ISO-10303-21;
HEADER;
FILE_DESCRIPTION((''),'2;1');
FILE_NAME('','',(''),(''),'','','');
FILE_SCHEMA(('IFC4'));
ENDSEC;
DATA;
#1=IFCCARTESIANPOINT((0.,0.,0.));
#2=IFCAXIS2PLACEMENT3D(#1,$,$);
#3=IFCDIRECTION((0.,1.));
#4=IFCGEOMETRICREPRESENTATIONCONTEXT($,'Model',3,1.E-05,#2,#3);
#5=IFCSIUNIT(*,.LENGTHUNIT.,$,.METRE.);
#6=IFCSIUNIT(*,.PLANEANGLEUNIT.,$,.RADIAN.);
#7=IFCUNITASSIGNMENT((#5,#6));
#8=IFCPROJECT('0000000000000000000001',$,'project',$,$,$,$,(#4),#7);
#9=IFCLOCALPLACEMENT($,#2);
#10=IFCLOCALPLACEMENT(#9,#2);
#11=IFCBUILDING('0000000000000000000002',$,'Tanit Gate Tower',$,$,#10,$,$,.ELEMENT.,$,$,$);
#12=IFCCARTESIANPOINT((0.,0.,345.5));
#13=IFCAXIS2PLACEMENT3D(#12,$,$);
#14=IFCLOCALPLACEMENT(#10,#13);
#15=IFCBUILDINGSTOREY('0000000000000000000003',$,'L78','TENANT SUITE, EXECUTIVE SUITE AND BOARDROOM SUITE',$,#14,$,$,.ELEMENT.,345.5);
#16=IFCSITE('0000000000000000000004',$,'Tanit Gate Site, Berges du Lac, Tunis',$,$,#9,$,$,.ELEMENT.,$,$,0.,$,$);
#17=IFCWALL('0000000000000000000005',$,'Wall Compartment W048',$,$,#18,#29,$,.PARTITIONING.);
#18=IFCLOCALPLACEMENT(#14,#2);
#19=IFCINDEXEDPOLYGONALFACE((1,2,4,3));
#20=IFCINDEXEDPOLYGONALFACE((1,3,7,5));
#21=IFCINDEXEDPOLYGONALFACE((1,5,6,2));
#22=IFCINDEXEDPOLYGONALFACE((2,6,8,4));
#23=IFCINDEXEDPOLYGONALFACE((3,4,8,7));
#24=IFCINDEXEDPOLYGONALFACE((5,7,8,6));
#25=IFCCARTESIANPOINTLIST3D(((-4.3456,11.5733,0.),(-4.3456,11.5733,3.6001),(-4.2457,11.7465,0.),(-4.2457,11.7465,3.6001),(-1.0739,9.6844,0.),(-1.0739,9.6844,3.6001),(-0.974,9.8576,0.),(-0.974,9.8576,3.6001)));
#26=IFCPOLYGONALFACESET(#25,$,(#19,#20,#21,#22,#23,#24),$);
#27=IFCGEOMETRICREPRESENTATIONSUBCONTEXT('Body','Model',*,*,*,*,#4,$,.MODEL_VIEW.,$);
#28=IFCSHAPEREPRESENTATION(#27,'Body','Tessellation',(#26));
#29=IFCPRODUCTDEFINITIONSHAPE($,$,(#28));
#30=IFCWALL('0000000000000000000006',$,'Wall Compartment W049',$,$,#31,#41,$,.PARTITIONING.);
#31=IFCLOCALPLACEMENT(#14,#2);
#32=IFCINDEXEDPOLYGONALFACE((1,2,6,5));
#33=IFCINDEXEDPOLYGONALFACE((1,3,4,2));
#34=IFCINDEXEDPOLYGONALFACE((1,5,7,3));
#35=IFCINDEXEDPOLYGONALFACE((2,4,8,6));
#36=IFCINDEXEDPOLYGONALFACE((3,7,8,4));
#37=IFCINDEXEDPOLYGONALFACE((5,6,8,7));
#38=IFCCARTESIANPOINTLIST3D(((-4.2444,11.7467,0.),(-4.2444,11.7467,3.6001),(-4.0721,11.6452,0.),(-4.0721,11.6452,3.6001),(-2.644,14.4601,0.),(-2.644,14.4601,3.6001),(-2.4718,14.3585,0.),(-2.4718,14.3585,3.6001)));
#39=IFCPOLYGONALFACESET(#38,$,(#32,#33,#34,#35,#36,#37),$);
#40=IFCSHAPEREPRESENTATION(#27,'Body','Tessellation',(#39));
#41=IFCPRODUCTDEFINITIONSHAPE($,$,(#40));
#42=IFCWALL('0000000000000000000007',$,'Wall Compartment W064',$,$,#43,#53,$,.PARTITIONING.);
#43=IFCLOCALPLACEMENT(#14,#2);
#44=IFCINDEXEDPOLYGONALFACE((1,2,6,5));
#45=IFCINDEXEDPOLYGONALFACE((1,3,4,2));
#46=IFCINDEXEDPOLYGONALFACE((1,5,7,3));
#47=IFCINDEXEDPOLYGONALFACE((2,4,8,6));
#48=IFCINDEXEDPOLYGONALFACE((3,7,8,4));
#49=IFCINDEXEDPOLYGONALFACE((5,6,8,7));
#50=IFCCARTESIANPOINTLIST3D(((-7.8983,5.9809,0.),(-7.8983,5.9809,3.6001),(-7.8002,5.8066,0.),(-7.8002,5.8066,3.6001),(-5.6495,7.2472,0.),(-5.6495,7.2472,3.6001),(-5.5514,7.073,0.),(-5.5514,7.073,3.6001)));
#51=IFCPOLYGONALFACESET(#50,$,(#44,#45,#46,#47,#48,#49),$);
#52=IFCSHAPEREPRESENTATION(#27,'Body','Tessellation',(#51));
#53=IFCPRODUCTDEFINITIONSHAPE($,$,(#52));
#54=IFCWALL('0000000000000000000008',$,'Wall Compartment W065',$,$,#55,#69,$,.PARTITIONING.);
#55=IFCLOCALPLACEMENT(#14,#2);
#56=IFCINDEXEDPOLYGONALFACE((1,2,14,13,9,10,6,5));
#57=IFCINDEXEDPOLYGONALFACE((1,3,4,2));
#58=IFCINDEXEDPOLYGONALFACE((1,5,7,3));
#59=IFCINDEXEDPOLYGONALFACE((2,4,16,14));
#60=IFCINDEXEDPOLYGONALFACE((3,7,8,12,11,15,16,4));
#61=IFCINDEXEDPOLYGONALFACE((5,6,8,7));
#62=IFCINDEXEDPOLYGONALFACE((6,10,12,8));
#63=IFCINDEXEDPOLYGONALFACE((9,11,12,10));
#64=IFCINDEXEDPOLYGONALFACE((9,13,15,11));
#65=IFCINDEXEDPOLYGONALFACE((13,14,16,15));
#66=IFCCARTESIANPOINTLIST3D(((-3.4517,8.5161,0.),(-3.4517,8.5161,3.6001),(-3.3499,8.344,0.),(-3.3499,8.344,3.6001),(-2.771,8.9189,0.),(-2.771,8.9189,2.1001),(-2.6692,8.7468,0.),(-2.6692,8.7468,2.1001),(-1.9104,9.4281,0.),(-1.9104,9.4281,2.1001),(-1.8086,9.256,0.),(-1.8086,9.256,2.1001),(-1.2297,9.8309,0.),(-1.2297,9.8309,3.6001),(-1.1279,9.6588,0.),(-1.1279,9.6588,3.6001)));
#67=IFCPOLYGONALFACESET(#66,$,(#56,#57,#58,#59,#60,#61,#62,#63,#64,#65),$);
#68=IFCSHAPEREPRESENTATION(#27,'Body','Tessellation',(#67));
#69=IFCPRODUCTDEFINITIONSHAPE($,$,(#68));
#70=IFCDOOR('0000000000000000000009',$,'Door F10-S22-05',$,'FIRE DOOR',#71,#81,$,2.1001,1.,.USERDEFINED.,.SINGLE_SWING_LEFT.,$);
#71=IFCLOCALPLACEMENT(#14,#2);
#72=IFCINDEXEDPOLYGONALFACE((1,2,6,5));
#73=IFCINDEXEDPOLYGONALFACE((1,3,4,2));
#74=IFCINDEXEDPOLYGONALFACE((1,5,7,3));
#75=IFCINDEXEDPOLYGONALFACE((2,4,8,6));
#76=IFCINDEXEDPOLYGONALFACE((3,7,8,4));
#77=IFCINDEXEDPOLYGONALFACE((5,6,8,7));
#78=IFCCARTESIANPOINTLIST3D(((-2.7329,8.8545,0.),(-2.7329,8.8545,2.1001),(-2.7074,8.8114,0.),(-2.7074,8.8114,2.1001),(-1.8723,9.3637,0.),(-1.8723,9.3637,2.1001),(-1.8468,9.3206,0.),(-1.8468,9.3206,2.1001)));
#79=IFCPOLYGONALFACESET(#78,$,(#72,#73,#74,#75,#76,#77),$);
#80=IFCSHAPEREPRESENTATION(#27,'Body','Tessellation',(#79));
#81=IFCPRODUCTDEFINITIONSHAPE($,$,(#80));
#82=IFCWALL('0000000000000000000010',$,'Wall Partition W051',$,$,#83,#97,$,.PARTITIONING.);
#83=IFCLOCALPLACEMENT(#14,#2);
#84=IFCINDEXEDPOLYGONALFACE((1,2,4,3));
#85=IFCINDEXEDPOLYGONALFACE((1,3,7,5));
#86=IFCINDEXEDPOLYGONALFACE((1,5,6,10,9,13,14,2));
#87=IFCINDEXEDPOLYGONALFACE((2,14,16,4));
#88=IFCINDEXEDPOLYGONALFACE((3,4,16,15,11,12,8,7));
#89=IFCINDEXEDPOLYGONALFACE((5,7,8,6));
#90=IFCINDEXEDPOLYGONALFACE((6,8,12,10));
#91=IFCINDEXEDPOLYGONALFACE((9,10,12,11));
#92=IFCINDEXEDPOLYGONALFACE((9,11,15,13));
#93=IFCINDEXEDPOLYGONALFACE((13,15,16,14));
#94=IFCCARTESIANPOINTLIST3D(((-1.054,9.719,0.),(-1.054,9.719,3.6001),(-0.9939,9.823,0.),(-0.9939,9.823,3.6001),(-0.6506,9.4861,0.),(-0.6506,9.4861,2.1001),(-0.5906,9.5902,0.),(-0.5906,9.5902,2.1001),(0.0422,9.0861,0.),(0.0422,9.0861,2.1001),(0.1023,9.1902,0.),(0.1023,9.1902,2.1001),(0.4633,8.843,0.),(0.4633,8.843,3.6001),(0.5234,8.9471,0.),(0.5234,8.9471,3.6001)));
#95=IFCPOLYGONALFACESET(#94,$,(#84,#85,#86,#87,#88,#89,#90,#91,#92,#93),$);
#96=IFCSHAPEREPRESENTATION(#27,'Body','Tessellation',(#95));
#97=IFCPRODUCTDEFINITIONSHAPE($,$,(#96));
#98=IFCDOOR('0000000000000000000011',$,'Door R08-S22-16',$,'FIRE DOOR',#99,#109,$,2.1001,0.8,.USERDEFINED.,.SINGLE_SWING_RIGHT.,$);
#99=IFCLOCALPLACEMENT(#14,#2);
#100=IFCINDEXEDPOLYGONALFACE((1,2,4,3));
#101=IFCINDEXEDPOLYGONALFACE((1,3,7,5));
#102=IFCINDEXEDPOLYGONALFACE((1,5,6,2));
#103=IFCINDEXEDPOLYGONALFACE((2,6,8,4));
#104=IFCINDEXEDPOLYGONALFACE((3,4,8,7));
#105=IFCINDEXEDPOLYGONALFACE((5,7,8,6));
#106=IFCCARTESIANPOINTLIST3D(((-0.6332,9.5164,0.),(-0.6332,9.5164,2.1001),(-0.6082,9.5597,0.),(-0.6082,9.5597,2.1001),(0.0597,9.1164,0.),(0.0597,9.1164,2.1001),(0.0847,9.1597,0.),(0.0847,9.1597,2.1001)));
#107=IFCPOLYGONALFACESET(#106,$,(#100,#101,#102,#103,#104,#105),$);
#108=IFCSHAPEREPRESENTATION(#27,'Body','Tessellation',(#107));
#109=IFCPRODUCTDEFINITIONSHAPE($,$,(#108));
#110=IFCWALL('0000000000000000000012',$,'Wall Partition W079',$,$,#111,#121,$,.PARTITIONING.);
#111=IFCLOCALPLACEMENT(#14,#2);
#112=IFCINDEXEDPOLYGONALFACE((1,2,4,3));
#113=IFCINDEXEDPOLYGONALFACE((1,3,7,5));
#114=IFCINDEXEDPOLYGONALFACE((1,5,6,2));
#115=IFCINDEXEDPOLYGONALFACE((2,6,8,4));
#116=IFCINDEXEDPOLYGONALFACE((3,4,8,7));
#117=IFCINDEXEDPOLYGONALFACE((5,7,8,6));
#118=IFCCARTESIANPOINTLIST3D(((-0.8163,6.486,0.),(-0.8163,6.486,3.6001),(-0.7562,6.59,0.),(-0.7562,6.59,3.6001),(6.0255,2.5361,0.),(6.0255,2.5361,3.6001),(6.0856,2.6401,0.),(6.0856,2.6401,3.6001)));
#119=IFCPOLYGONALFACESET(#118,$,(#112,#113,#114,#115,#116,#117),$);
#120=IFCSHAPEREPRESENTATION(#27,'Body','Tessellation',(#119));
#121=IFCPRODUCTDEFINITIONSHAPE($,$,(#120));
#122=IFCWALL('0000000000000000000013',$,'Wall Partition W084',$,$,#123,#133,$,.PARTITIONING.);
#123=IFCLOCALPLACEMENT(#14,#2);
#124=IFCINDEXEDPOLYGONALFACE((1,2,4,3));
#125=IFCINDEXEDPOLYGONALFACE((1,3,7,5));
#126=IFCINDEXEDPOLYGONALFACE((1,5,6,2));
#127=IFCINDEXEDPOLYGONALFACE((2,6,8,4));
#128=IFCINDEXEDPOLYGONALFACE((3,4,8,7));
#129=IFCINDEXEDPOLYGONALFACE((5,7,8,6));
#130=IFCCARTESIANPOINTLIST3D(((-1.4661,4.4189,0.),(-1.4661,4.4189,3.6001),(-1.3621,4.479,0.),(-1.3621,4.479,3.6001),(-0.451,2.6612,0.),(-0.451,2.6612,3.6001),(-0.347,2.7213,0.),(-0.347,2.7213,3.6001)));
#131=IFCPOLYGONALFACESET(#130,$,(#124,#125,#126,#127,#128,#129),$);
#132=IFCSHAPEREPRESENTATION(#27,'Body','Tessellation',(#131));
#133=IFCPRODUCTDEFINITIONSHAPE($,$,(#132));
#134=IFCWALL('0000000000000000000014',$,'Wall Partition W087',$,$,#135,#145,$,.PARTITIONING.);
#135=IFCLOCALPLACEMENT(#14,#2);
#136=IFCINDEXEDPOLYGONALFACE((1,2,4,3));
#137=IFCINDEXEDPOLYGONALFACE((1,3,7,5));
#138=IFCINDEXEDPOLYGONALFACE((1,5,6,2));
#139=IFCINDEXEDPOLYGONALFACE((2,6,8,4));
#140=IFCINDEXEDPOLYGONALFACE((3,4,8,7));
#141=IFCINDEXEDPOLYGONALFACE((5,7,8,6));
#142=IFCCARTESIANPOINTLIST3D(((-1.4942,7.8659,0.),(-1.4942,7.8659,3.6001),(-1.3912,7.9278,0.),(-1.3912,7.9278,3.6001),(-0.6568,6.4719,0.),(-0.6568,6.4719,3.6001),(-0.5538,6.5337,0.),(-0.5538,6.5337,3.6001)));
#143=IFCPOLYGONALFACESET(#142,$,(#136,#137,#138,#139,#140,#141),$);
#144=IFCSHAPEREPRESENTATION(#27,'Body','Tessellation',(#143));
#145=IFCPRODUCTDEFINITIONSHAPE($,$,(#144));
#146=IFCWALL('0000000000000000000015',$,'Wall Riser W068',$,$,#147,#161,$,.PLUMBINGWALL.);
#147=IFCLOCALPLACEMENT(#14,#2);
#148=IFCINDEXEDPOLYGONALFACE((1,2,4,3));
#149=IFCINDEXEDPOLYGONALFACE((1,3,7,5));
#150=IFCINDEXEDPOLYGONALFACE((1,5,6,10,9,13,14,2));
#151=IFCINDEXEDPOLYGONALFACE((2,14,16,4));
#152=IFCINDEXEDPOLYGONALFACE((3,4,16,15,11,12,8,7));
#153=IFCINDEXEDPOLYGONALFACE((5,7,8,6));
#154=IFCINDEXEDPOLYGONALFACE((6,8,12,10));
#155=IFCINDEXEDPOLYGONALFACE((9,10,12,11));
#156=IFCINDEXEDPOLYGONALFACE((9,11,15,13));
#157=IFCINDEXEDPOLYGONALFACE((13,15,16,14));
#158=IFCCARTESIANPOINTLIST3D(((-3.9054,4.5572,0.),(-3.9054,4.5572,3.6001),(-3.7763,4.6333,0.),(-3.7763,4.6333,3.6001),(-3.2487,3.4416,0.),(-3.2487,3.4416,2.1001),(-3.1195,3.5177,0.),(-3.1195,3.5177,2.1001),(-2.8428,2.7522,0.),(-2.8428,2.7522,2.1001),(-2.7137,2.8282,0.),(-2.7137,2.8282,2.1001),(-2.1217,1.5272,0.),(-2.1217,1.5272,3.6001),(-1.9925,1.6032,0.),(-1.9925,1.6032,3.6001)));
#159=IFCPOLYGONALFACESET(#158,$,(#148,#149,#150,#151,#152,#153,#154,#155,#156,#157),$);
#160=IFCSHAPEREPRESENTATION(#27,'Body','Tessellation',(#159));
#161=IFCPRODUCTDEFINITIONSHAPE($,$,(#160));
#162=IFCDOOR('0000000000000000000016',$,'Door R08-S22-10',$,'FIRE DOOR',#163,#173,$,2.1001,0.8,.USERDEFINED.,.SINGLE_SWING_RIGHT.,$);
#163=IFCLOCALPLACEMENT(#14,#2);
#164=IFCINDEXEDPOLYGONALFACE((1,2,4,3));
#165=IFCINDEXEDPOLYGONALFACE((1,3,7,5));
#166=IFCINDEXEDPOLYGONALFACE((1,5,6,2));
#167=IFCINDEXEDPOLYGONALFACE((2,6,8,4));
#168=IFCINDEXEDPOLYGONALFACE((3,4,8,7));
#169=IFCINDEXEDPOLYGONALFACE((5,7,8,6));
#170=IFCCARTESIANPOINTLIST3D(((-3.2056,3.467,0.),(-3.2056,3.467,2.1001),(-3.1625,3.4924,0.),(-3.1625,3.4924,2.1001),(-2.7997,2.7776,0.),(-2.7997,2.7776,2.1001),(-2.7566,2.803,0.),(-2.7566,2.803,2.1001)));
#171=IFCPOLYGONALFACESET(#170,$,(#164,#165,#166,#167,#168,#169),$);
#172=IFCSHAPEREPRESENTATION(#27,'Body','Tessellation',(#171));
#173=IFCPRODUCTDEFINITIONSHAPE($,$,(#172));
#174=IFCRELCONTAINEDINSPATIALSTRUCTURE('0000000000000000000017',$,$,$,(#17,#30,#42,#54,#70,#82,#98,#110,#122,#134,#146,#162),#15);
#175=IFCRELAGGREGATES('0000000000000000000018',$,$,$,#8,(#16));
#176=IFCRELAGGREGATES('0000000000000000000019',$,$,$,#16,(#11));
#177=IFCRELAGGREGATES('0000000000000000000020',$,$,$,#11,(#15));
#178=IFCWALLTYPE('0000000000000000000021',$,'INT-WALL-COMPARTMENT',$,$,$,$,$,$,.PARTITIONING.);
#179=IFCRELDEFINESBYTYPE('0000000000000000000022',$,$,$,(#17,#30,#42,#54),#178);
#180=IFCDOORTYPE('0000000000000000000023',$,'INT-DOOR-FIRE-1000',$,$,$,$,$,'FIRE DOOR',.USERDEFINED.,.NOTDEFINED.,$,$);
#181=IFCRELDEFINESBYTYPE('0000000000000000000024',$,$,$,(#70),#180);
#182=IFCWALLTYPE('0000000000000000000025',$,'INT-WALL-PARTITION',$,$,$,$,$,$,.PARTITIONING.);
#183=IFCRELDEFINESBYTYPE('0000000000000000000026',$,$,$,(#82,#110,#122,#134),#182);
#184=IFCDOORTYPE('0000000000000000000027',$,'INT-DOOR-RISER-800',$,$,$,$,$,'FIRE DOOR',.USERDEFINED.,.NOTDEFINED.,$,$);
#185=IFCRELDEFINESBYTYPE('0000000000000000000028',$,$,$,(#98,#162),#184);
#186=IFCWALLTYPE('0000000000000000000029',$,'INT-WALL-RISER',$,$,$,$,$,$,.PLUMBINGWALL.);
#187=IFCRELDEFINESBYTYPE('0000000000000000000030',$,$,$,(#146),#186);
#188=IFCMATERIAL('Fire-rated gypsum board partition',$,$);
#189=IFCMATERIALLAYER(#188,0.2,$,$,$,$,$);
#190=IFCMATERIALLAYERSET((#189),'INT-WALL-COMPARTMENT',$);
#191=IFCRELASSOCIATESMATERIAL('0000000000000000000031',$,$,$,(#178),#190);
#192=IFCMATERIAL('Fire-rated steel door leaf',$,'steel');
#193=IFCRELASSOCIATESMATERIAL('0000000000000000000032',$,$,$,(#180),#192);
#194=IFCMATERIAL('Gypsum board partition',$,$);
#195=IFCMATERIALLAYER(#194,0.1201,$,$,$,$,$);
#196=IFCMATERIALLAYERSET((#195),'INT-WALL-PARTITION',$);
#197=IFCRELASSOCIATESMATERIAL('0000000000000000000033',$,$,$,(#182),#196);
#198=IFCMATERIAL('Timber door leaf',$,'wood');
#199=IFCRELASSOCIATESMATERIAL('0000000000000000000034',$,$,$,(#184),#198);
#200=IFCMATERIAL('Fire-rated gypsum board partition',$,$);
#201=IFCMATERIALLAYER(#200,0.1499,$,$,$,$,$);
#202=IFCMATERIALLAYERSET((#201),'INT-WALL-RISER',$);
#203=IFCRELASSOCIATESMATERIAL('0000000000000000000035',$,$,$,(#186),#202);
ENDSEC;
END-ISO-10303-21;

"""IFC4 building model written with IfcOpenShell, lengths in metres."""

from ifc_helpers import new_model, si_unit, direction, frame, frame_2d, origin, place, context, subcontext, project, spatial, rectangle, extrude, material, layer, layer_set, type_object, element, fill, save


model = new_model("IFC4")

# Units and contexts
model_context = context("Model", 3, precision=1e-05, world=origin(), true_north=direction((0.0, 1.0)))
body_context = subcontext(model_context, "Body", "Model", "MODEL_VIEW")
ifc_project = project(units=[si_unit("LENGTHUNIT", "METRE"), si_unit("PLANEANGLEUNIT", "RADIAN")], contexts=[model_context])

# Site, building, storey
site_placement = place(None, origin())
site = spatial("IfcSite", under=ifc_project, at=site_placement, Name="Tanit Gate Site, Berges du Lac, Tunis", CompositionType="ELEMENT", RefElevation=0.0)
building_placement = place(site_placement, origin())
building = spatial("IfcBuilding", under=site, at=building_placement, Name="Tanit Gate Tower", CompositionType="ELEMENT")
storey_placement = place(building_placement, frame((0.0, 0.0, 345.5)))
storey = spatial("IfcBuildingStorey", under=building, at=storey_placement, Name="L78", Description="TENANT SUITE, EXECUTIVE SUITE AND BOARDROOM SUITE", CompositionType="ELEMENT", Elevation=345.5)

# Walls
ifc_material_1 = material(Name="Fire-rated gypsum board partition")
ifc_layer_1 = layer(ifc_material_1, 0.2)
ifc_layer_set_1 = layer_set([ifc_layer_1], Name="INT-WALL-COMPARTMENT")
wall_type_1 = type_object("IfcWallType", Name="INT-WALL-COMPARTMENT", PredefinedType="PARTITIONING", material=ifc_layer_set_1)
wall_1_placement = place(storey_placement, frame((-4.2957, 11.6599, 0.0), z_axis=(0.0, 0.0, 1.0), x_axis=(0.866027, -0.499997, 0.0)))
element("IfcWall", 1, at=wall_1_placement, inside=storey, type_object=wall_type_1, Name="Wall Compartment W048", PredefinedType="PARTITIONING", context=body_context, shape_type="SweptSolid", body=[
    extrude(rectangle(XDim=3.7778, YDim=0.2, at=frame_2d((1.8889, 0.0))), origin(), (0.0, 0.0, 1.0), 3.6001),
])
wall_2_placement = place(storey_placement, frame((-2.5579, 14.4094, 0.0), z_axis=(0.0, 0.0, 1.0), x_axis=(-0.508019, -0.861346, 0.0)))
element("IfcWall", 2, at=wall_2_placement, inside=storey, type_object=wall_type_1, Name="Wall Compartment W049", PredefinedType="PARTITIONING", context=body_context, shape_type="SweptSolid", body=[
    extrude(rectangle(XDim=3.1501, YDim=0.2, at=frame_2d((1.5752, 0.0))), origin(), (0.0, 0.0, 1.0), 3.6001),
])
wall_3_placement = place(storey_placement, frame((-5.6003, 7.1602, 0.0), z_axis=(0.0, 0.0, 1.0), x_axis=(-0.87134, -0.490679, 0.0)))
element("IfcWall", 3, at=wall_3_placement, inside=storey, type_object=wall_type_1, Name="Wall Compartment W064", PredefinedType="PARTITIONING", context=body_context, shape_type="SweptSolid", body=[
    extrude(rectangle(XDim=2.5808, YDim=0.2, at=frame_2d((1.2905, 0.0))), origin(), (0.0, 0.0, 1.0), 3.6001),
])

# Walls, openings, doors
wall_4_placement = place(storey_placement, frame((-1.1787, 9.7449, 0.0), z_axis=(0.0, 0.0, 1.0), x_axis=(-0.860631, -0.509229, 0.0)))
wall_4 = element("IfcWall", 4, at=wall_4_placement, inside=storey, type_object=wall_type_1, Name="Wall Compartment W065", PredefinedType="PARTITIONING", context=body_context, shape_type="SweptSolid", body=[
    extrude(rectangle(XDim=2.5818, YDim=0.2, at=frame_2d((1.291, 0.0))), origin(), (0.0, 0.0, 1.0), 3.6001),
])
opening_1_placement = place(wall_4_placement, frame((0.791, 0.0, 0.0)))
opening_1 = element("IfcOpeningElement", 5, at=opening_1_placement, cuts=wall_4, PredefinedType="OPENING", context=body_context, shape_type="SweptSolid", body=[
    extrude(rectangle(XDim=1.0, YDim=2.1001, at=frame_2d((0.5, 1.05))), frame((0.0, 0.1099, 0.0), z_axis=(0.0, -1.0, 0.0), x_axis=(1.0, 0.0, 0.0)), (0.0, 0.0, 1.0), 0.22),
])
ifc_material_2 = material(Name="Fire-rated steel door leaf", Category="steel")
door_type_1 = type_object("IfcDoorType", Name="INT-DOOR-FIRE-1000", ElementType="FIRE DOOR", OperationType="NOTDEFINED", PredefinedType="USERDEFINED", material=ifc_material_2)
door_1_placement = place(opening_1_placement, origin())
door_1 = element("IfcDoor", 6, at=door_1_placement, inside=storey, type_object=door_type_1, Name="Door F10-S22-05", ObjectType="FIRE DOOR", OperationType="SINGLE_SWING_LEFT", OverallHeight=2.1001, OverallWidth=1.0, PredefinedType="USERDEFINED", context=body_context, shape_type="SweptSolid", body=[
    extrude(rectangle(XDim=1.0, YDim=2.1001, at=frame_2d((0.5, 1.05))), frame((0.0, 0.0249, 0.0), z_axis=(0.0, -1.0, 0.0), x_axis=(1.0, 0.0, 0.0)), (0.0, 0.0, 1.0), 0.05),
])
fill(opening_1, door_1)
ifc_material_3 = material(Name="Gypsum board partition")
ifc_layer_2 = layer(ifc_material_3, 0.1201)
ifc_layer_set_2 = layer_set([ifc_layer_2], Name="INT-WALL-PARTITION")
wall_type_2 = type_object("IfcWallType", Name="INT-WALL-PARTITION", PredefinedType="PARTITIONING", material=ifc_layer_set_2)
wall_5_placement = place(storey_placement, frame((-1.0239, 9.771, 0.0), z_axis=(0.0, 0.0, 1.0), x_axis=(0.866039, -0.499976, 0.0)))
wall_5 = element("IfcWall", 7, at=wall_5_placement, inside=storey, type_object=wall_type_2, Name="Wall Partition W051", PredefinedType="PARTITIONING", context=body_context, shape_type="SweptSolid", body=[
    extrude(rectangle(XDim=1.752, YDim=0.1201, at=frame_2d((0.876, 0.0))), origin(), (0.0, 0.0, 1.0), 3.6001),
])
opening_2_placement = place(wall_5_placement, frame((0.4658, 0.0, 0.0)))
opening_2 = element("IfcOpeningElement", 8, at=opening_2_placement, cuts=wall_5, PredefinedType="OPENING", context=body_context, shape_type="SweptSolid", body=[
    extrude(rectangle(XDim=0.8, YDim=2.1001, at=frame_2d((0.3999, 1.05))), frame((0.0, 0.0701, 0.0), z_axis=(0.0, -1.0, 0.0), x_axis=(1.0, 0.0, 0.0)), (0.0, 0.0, 1.0), 0.1401),
])
ifc_material_4 = material(Name="Timber door leaf", Category="wood")
door_type_2 = type_object("IfcDoorType", Name="INT-DOOR-RISER-800", ElementType="FIRE DOOR", OperationType="NOTDEFINED", PredefinedType="USERDEFINED", material=ifc_material_4)
door_2_placement = place(opening_2_placement, origin())
door_2 = element("IfcDoor", 9, at=door_2_placement, inside=storey, type_object=door_type_2, Name="Door R08-S22-16", ObjectType="FIRE DOOR", OperationType="SINGLE_SWING_RIGHT", OverallHeight=2.1001, OverallWidth=0.8, PredefinedType="USERDEFINED", context=body_context, shape_type="SweptSolid", body=[
    extrude(rectangle(XDim=0.8, YDim=2.1001, at=frame_2d((0.3999, 1.05))), frame((0.0, 0.0249, 0.0), z_axis=(0.0, -1.0, 0.0), x_axis=(1.0, 0.0, 0.0)), (0.0, 0.0, 1.0), 0.05),
])
fill(opening_2, door_2)

# Walls
wall_6_placement = place(storey_placement, frame((-0.7864, 6.5381, 0.0), z_axis=(0.0, 0.0, 1.0), x_axis=(0.866034, -0.499985, 0.0)))
element("IfcWall", 10, at=wall_6_placement, inside=storey, type_object=wall_type_2, Name="Wall Partition W079", PredefinedType="PARTITIONING", context=body_context, shape_type="SweptSolid", body=[
    extrude(rectangle(XDim=7.9001, YDim=0.1201, at=frame_2d((3.9502, 0.0))), origin(), (0.0, 0.0, 1.0), 3.6001),
])
wall_7_placement = place(storey_placement, frame((-1.4141, 4.449, 0.0), z_axis=(0.0, 0.0, 1.0), x_axis=(0.500097, -0.865969, 0.0)))
element("IfcWall", 11, at=wall_7_placement, inside=storey, type_object=wall_type_2, Name="Wall Partition W084", PredefinedType="PARTITIONING", context=body_context, shape_type="SweptSolid", body=[
    extrude(rectangle(XDim=2.0298, YDim=0.1201, at=frame_2d((1.0149, 0.0))), origin(), (0.0, 0.0, 1.0), 3.6001),
])
wall_8_placement = place(storey_placement, frame((-1.4426, 7.8967, 0.0), z_axis=(0.0, 0.0, 1.0), x_axis=(0.514937, -0.857228, 0.0)))
element("IfcWall", 12, at=wall_8_placement, inside=storey, type_object=wall_type_2, Name="Wall Partition W087", PredefinedType="PARTITIONING", context=body_context, shape_type="SweptSolid", body=[
    extrude(rectangle(XDim=1.6262, YDim=0.1201, at=frame_2d((0.813, 0.0))), origin(), (0.0, 0.0, 1.0), 3.6001),
])

# Wall, opening, door
ifc_material_5 = material(Name="Fire-rated gypsum board partition")
ifc_layer_3 = layer(ifc_material_5, 0.1499)
ifc_layer_set_3 = layer_set([ifc_layer_3], Name="INT-WALL-RISER")
wall_type_3 = type_object("IfcWallType", Name="INT-WALL-RISER", PredefinedType="PLUMBINGWALL", material=ifc_layer_set_3)
wall_9_placement = place(storey_placement, frame((-2.0571, 1.5652, 0.0), z_axis=(0.0, 0.0, 1.0), x_axis=(-0.507299, 0.86177, 0.0)))
wall_9 = element("IfcWall", 13, at=wall_9_placement, inside=storey, type_object=wall_type_3, Name="Wall Riser W068", PredefinedType="PLUMBINGWALL", context=body_context, shape_type="SweptSolid", body=[
    extrude(rectangle(XDim=3.5161, YDim=0.1499, at=frame_2d((1.7581, 0.0))), origin(), (0.0, 0.0, 1.0), 3.6001),
])
opening_3_placement = place(wall_9_placement, frame((1.4216, 0.0, 0.0)))
opening_3 = element("IfcOpeningElement", 14, at=opening_3_placement, cuts=wall_9, PredefinedType="OPENING", context=body_context, shape_type="SweptSolid", body=[
    extrude(rectangle(XDim=0.8, YDim=2.1001, at=frame_2d((0.3999, 1.05))), frame((0.0, 0.085, 0.0), z_axis=(0.0, -1.0, 0.0), x_axis=(1.0, 0.0, 0.0)), (0.0, 0.0, 1.0), 0.1699),
])
door_3_placement = place(opening_3_placement, origin())
door_3 = element("IfcDoor", 15, at=door_3_placement, inside=storey, type_object=door_type_2, Name="Door R08-S22-10", ObjectType="FIRE DOOR", OperationType="SINGLE_SWING_RIGHT", OverallHeight=2.1001, OverallWidth=0.8, PredefinedType="USERDEFINED", context=body_context, shape_type="SweptSolid", body=[
    extrude(rectangle(XDim=0.8, YDim=2.1001, at=frame_2d((0.3999, 1.05))), frame((0.0, 0.0249, 0.0), z_axis=(0.0, -1.0, 0.0), x_axis=(1.0, 0.0, 0.0)), (0.0, 0.0, 1.0), 0.05),
])
fill(opening_3, door_3)

save(model, "model.ifc")
